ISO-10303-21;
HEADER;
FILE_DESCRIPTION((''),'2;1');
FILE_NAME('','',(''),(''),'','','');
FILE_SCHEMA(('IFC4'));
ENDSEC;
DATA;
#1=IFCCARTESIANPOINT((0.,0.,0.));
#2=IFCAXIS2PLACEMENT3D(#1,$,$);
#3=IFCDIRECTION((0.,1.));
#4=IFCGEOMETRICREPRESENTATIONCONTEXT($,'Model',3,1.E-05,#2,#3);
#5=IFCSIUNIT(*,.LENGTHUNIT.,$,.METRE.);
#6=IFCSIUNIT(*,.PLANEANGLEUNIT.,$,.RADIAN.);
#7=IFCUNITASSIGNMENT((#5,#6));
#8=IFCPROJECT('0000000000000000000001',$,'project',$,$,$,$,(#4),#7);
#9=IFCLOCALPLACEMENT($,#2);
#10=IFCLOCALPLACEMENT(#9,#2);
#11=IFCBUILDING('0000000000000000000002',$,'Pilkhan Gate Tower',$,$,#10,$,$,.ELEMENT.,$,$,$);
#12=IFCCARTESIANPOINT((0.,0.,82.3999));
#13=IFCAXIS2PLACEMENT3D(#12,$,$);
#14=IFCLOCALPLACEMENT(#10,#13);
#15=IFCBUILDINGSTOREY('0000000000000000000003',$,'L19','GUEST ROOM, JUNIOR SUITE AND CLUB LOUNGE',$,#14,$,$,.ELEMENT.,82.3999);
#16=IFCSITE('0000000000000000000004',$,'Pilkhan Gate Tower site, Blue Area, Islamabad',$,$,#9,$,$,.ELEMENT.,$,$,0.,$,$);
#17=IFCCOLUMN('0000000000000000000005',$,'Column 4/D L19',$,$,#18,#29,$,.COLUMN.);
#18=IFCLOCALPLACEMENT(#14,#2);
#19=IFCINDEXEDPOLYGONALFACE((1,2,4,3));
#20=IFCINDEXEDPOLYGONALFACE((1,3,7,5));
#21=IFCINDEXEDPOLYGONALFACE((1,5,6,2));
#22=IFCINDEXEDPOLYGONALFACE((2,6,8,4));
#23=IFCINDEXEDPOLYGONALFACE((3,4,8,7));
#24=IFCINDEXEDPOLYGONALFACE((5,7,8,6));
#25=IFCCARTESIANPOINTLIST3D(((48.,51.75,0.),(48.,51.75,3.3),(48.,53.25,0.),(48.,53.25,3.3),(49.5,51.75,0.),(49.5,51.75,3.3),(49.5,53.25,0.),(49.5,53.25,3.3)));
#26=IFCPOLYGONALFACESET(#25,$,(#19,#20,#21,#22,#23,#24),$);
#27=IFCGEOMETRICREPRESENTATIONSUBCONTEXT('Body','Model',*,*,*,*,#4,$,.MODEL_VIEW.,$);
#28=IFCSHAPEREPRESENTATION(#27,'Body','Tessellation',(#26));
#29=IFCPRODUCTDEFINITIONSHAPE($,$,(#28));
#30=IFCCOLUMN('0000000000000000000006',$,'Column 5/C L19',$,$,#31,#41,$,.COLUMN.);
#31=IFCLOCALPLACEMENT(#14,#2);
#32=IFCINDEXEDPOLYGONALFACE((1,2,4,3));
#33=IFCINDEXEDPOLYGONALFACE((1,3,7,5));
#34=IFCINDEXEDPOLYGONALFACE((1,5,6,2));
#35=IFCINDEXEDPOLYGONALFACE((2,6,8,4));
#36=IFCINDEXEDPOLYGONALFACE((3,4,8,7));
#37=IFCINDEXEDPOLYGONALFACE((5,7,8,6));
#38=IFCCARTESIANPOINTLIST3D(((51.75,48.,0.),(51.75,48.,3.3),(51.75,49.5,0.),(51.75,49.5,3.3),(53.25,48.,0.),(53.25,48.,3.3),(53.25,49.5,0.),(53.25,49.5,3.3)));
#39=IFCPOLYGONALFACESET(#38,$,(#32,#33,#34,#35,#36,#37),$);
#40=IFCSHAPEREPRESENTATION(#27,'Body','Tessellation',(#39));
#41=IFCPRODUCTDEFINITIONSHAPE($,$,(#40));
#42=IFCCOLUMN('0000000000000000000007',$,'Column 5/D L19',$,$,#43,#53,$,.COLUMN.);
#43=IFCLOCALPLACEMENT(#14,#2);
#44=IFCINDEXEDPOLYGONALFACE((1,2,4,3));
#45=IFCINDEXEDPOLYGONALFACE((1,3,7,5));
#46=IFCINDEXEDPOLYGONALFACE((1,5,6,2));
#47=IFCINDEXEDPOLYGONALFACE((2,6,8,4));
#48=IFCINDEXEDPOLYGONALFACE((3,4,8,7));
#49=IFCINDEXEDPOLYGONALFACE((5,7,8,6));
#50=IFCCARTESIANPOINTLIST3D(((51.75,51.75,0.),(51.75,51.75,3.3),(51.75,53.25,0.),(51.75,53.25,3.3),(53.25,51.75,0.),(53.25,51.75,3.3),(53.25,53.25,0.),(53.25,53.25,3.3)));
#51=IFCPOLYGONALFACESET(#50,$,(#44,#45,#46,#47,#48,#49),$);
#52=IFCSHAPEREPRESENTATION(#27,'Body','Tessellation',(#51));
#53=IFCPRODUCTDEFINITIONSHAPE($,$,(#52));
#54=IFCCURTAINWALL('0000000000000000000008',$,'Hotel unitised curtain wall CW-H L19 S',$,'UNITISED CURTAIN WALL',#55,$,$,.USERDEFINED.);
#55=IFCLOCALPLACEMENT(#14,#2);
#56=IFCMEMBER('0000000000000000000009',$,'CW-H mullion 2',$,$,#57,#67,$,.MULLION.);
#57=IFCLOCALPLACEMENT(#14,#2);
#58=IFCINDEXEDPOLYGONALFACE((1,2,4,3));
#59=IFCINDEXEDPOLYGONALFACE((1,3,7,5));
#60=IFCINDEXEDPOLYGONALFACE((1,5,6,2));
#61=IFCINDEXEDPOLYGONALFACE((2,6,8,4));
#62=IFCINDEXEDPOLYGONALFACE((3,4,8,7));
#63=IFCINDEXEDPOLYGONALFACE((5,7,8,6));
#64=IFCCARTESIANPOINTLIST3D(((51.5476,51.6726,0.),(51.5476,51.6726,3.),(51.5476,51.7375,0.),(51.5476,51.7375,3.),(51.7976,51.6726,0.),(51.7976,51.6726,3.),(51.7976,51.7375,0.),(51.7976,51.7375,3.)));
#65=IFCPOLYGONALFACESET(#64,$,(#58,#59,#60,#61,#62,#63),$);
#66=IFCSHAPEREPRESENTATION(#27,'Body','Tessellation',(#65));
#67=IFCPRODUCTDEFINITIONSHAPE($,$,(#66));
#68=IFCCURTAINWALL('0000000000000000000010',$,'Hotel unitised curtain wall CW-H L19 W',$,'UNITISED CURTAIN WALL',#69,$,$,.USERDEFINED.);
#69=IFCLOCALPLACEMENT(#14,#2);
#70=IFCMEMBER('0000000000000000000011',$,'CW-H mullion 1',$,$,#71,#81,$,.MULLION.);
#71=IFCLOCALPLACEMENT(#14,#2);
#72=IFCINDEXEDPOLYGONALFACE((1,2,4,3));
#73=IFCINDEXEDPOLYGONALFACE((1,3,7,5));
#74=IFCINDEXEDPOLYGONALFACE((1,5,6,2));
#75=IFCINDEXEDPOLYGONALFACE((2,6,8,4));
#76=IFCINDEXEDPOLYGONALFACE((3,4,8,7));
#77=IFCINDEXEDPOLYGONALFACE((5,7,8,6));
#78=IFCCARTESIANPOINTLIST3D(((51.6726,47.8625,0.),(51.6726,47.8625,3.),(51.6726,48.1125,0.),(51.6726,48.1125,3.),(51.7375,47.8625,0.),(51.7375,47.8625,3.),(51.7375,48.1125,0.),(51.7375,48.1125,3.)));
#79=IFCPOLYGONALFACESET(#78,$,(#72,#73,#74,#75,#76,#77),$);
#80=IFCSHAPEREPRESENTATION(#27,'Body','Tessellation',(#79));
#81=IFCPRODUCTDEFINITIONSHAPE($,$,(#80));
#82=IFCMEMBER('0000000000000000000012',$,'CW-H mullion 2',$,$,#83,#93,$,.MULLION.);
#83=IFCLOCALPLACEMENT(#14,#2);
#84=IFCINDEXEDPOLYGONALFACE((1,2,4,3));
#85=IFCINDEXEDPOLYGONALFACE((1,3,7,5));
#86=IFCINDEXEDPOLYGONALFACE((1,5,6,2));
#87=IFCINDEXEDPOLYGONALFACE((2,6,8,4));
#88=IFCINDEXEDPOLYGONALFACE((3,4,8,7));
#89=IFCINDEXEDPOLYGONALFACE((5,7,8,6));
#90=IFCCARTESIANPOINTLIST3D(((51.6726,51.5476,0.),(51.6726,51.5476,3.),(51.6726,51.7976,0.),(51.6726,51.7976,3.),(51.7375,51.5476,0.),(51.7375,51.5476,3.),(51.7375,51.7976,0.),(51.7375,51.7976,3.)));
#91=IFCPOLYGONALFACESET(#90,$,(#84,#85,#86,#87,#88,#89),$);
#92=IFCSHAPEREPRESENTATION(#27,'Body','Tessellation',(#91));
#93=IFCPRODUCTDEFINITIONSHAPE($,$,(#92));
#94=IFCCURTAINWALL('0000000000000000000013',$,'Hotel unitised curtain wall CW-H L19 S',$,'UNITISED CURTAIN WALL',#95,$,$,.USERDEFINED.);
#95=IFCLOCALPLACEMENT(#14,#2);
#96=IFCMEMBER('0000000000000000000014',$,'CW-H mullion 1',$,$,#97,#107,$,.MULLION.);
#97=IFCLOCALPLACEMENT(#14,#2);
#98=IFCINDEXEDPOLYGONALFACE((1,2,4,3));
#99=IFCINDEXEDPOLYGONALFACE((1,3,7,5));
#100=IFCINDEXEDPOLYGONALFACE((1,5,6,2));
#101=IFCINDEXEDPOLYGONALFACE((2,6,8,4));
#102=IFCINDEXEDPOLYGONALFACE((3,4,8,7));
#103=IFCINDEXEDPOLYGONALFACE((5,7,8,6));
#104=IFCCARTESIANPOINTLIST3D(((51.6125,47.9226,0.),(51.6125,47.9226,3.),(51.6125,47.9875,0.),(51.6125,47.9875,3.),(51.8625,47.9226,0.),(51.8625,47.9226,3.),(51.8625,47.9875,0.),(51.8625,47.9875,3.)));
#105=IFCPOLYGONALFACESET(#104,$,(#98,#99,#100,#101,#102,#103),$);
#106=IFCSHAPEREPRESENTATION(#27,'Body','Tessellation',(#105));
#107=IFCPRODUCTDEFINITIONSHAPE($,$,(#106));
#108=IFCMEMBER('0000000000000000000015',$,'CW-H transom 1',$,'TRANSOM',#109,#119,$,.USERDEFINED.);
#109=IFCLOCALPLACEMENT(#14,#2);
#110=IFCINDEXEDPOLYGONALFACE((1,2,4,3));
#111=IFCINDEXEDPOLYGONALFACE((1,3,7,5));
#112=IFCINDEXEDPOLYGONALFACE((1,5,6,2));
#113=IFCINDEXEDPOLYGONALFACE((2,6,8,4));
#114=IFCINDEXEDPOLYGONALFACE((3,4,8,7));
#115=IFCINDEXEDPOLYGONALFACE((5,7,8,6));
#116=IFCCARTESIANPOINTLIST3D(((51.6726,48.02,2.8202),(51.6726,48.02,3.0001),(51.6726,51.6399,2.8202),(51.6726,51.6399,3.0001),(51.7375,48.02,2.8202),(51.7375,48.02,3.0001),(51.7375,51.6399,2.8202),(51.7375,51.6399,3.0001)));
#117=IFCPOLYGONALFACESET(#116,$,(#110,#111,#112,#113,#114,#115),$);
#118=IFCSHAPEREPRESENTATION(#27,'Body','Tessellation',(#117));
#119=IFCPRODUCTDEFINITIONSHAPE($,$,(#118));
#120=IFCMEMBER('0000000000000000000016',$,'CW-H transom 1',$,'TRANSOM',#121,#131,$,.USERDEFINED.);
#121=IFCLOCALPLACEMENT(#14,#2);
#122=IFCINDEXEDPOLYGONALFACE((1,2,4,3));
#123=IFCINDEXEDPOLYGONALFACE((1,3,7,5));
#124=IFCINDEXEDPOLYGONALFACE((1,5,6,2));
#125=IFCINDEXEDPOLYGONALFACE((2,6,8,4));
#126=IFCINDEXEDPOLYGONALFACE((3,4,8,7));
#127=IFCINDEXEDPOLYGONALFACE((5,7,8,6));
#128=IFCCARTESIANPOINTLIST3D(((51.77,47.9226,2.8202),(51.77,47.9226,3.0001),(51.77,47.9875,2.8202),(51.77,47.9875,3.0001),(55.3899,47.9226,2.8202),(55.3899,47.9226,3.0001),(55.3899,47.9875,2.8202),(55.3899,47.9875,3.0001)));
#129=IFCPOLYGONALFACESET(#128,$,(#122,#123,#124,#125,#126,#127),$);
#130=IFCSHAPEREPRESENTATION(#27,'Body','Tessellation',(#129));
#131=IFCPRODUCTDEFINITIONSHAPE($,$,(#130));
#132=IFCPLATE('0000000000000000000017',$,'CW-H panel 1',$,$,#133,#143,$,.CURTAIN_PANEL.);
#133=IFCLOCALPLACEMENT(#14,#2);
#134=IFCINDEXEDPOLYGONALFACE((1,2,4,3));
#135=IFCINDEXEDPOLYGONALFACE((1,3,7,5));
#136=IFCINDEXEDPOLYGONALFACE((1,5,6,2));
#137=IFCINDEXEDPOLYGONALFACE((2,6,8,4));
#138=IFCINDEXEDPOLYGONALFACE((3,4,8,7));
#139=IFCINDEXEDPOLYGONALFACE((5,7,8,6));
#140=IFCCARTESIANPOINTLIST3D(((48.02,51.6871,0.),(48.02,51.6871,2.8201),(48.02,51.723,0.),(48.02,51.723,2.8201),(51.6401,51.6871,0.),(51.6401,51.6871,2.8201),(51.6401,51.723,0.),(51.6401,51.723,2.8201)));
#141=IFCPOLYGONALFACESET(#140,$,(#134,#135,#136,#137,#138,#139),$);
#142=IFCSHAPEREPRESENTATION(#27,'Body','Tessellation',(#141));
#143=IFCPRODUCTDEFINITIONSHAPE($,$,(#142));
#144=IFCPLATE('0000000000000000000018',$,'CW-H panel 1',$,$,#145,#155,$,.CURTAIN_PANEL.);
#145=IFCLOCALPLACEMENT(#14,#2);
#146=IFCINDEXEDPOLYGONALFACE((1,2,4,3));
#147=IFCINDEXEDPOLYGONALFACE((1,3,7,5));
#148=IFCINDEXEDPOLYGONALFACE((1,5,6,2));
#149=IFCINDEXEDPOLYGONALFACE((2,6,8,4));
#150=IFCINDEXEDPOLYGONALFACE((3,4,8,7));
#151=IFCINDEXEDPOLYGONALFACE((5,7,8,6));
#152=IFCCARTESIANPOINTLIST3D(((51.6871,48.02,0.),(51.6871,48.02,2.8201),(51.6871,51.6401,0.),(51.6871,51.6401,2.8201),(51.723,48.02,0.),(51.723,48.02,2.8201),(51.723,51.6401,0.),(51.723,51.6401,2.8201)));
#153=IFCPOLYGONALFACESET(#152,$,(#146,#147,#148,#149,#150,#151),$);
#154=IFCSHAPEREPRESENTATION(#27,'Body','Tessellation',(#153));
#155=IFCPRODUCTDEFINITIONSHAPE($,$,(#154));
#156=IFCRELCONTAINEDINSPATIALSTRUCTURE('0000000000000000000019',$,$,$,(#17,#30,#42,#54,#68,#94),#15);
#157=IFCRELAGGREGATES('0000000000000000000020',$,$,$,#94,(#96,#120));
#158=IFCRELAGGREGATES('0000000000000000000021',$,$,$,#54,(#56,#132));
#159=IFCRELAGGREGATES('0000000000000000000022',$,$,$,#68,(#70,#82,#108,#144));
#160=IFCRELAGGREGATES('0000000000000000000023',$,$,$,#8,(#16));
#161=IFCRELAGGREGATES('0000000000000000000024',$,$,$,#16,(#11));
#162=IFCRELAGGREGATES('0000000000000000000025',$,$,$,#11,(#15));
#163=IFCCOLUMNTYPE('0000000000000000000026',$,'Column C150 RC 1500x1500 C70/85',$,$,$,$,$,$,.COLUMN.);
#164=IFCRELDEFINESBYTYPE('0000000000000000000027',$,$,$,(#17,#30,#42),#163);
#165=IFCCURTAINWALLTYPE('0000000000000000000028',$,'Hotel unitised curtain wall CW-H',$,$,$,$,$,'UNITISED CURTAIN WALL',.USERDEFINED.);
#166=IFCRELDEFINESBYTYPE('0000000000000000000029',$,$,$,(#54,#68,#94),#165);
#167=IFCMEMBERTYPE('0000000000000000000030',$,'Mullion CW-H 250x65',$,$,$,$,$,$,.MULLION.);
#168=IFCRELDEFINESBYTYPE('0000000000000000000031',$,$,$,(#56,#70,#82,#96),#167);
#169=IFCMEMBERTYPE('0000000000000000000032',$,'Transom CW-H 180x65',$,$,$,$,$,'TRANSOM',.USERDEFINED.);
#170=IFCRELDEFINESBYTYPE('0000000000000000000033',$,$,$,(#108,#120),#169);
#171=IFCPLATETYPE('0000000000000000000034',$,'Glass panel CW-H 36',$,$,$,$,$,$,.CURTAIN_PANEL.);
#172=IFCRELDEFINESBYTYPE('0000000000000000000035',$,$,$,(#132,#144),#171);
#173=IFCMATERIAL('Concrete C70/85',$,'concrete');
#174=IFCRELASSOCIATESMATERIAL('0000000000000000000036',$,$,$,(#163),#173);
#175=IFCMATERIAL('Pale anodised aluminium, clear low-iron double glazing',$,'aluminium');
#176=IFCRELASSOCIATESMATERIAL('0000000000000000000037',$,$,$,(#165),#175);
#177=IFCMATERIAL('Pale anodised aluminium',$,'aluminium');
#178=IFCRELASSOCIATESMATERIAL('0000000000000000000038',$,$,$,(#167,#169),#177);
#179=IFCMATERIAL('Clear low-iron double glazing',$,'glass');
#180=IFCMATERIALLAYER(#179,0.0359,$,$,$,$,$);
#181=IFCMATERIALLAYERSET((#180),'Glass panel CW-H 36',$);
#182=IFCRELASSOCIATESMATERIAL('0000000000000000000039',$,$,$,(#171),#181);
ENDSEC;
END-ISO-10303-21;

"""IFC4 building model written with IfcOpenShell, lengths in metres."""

from ifc_helpers import new_model, si_unit, direction, frame, origin, origin_2d, place, context, subcontext, project, spatial, rectangle, extrude, material, layer, layer_set, material_profile, profile_set, type_object, element, aggregate, save


model = new_model("IFC4")

# Units and contexts
model_context = context("Model", 3, precision=1e-05, world=origin(), true_north=direction((0.0, 1.0)))
body_context = subcontext(model_context, "Body", "Model", "MODEL_VIEW")
ifc_project = project(units=[si_unit("LENGTHUNIT", "METRE"), si_unit("PLANEANGLEUNIT", "RADIAN")], contexts=[model_context])

# Site, building, storey
site_placement = place(None, origin())
site = spatial("IfcSite", under=ifc_project, at=site_placement, Name="Pilkhan Gate Tower site, Blue Area, Islamabad", CompositionType="ELEMENT", RefElevation=0.0)
building_placement = place(site_placement, origin())
building = spatial("IfcBuilding", under=site, at=building_placement, Name="Pilkhan Gate Tower", CompositionType="ELEMENT")
storey_placement = place(building_placement, frame((0.0, 0.0, 82.3999)))
storey = spatial("IfcBuildingStorey", under=building, at=storey_placement, Name="L19", Description="GUEST ROOM, JUNIOR SUITE AND CLUB LOUNGE", CompositionType="ELEMENT", Elevation=82.3999)

# Columns
ifc_material_1 = material(Name="Concrete C70/85", Category="concrete")
ifc_material_profile_1 = material_profile(ifc_material_1, rectangle(XDim=1.5, YDim=1.5, at=origin_2d()), Name="RC 1500x1500")
ifc_profile_set_1 = profile_set([ifc_material_profile_1], Name="Concrete C70/85")
column_type = type_object("IfcColumnType", Name="Column C150 RC 1500x1500 C70/85", PredefinedType="COLUMN", material=ifc_profile_set_1)
for number, where, z_axis, x_axis, name in (
    (1, (48.75, 52.5, 0.0), (0.0, 0.0, 1.0), (1.0, 0.0, 0.0), "Column 4/D L19"),
    (2, (52.5, 48.75, 0.0), (0.0, 0.0, 1.0), (1.0, 0.0, 0.0), "Column 5/C L19"),
    (3, (52.5, 52.5, 0.0), (0.0, 0.0, 1.0), (1.0, 0.0, 0.0), "Column 5/D L19"),
):
    element("IfcColumn", number, at=place(storey_placement, frame(where, z_axis=z_axis, x_axis=x_axis)), inside=storey, type_object=column_type, Name=name, PredefinedType="COLUMN", context=body_context, shape_type="SweptSolid", body=[
        extrude(rectangle(XDim=1.5, YDim=1.5, at=origin_2d()), origin(), (0.0, 0.0, 1.0), 3.3),
    ])

# Curtain wall, member
ifc_material_2 = material(Name="Pale anodised aluminium, clear low-iron double glazing", Category="aluminium")
curtain_wall_type = type_object("IfcCurtainWallType", Name="Hotel unitised curtain wall CW-H", ElementType="UNITISED CURTAIN WALL", PredefinedType="USERDEFINED", material=ifc_material_2)
curtain_wall_1_placement = place(storey_placement, origin())
curtain_wall_1 = element("IfcCurtainWall", 4, at=curtain_wall_1_placement, inside=storey, type_object=curtain_wall_type, Name="Hotel unitised curtain wall CW-H L19 S", ObjectType="UNITISED CURTAIN WALL", PredefinedType="USERDEFINED")
ifc_material_3 = material(Name="Pale anodised aluminium", Category="aluminium")
ifc_material_profile_2 = material_profile(ifc_material_3, rectangle(XDim=0.0649, YDim=0.25, at=origin_2d()), Name="Mullion 250x65")
ifc_profile_set_2 = profile_set([ifc_material_profile_2], Name="Pale anodised aluminium")
member_type_1 = type_object("IfcMemberType", Name="Mullion CW-H 250x65", PredefinedType="MULLION", material=ifc_profile_set_2)
member_1_placement = place(storey_placement, frame((51.6726, 51.7051, 0.0), z_axis=(0.0, 0.0, 1.0), x_axis=(0.0, 1.0, 0.0)))
member_1 = element("IfcMember", 5, at=member_1_placement, type_object=member_type_1, Name="CW-H mullion 2", PredefinedType="MULLION", context=body_context, shape_type="SweptSolid", body=[
    extrude(rectangle(XDim=0.0649, YDim=0.25, at=origin_2d()), origin(), (0.0, 0.0, 1.0), 3.0),
])

# Curtain wall, members
curtain_wall_2_placement = place(storey_placement, origin())
curtain_wall_2 = element("IfcCurtainWall", 6, at=curtain_wall_2_placement, inside=storey, type_object=curtain_wall_type, Name="Hotel unitised curtain wall CW-H L19 W", ObjectType="UNITISED CURTAIN WALL", PredefinedType="USERDEFINED")
member_2_placement = place(storey_placement, frame((51.7051, 47.9875, 0.0), z_axis=(0.0, 0.0, 1.0), x_axis=(-1.0, 0.0, 0.0)))
member_2 = element("IfcMember", 7, at=member_2_placement, type_object=member_type_1, Name="CW-H mullion 1", PredefinedType="MULLION", context=body_context, shape_type="SweptSolid", body=[
    extrude(rectangle(XDim=0.0649, YDim=0.25, at=origin_2d()), origin(), (0.0, 0.0, 1.0), 3.0),
])
member_3_placement = place(storey_placement, frame((51.7051, 51.6726, 0.0), z_axis=(0.0, 0.0, 1.0), x_axis=(-1.0, 0.0, 0.0)))
member_3 = element("IfcMember", 8, at=member_3_placement, type_object=member_type_1, Name="CW-H mullion 2", PredefinedType="MULLION", context=body_context, shape_type="SweptSolid", body=[
    extrude(rectangle(XDim=0.0649, YDim=0.25, at=origin_2d()), origin(), (0.0, 0.0, 1.0), 3.0),
])

# Curtain wall, member
curtain_wall_3_placement = place(storey_placement, origin())
curtain_wall_3 = element("IfcCurtainWall", 9, at=curtain_wall_3_placement, inside=storey, type_object=curtain_wall_type, Name="Hotel unitised curtain wall CW-H L19 S", ObjectType="UNITISED CURTAIN WALL", PredefinedType="USERDEFINED")
member_4_placement = place(storey_placement, frame((51.7375, 47.9551, 0.0), z_axis=(0.0, 0.0, 1.0), x_axis=(0.0, 1.0, 0.0)))
member_4 = element("IfcMember", 10, at=member_4_placement, type_object=member_type_1, Name="CW-H mullion 1", PredefinedType="MULLION", context=body_context, shape_type="SweptSolid", body=[
    extrude(rectangle(XDim=0.0649, YDim=0.25, at=origin_2d()), origin(), (0.0, 0.0, 1.0), 3.0),
])

# Members
ifc_material_profile_3 = material_profile(ifc_material_3, rectangle(XDim=0.0649, YDim=0.1799, at=origin_2d()), Name="Transom 180x65")
ifc_profile_set_3 = profile_set([ifc_material_profile_3], Name="Pale anodised aluminium")
member_type_2 = type_object("IfcMemberType", Name="Transom CW-H 180x65", ElementType="TRANSOM", PredefinedType="USERDEFINED", material=ifc_profile_set_3)
member_5_placement = place(storey_placement, frame((51.7051, 48.02, 2.9102), z_axis=(0.0, 1.0, 0.0), x_axis=(-1.0, 0.0, 0.0)))
member_5 = element("IfcMember", 11, at=member_5_placement, type_object=member_type_2, Name="CW-H transom 1", ObjectType="TRANSOM", PredefinedType="USERDEFINED", context=body_context, shape_type="SweptSolid", body=[
    extrude(rectangle(XDim=0.0649, YDim=0.1799, at=origin_2d()), origin(), (0.0, 0.0, 1.0), 3.6199),
])
member_6_placement = place(storey_placement, frame((51.77, 47.9551, 2.9102), z_axis=(1.0, 0.0, 0.0), x_axis=(0.0, 1.0, 0.0)))
member_6 = element("IfcMember", 12, at=member_6_placement, type_object=member_type_2, Name="CW-H transom 1", ObjectType="TRANSOM", PredefinedType="USERDEFINED", context=body_context, shape_type="SweptSolid", body=[
    extrude(rectangle(XDim=0.0649, YDim=0.1799, at=origin_2d()), origin(), (0.0, 0.0, 1.0), 3.6199),
])
aggregate(curtain_wall_3, [member_4, member_6])

# Plates
ifc_material_4 = material(Name="Clear low-iron double glazing", Category="glass")
ifc_layer_1 = layer(ifc_material_4, 0.0359)
ifc_layer_set_1 = layer_set([ifc_layer_1], Name="Glass panel CW-H 36")
plate_type = type_object("IfcPlateType", Name="Glass panel CW-H 36", PredefinedType="CURTAIN_PANEL", material=ifc_layer_set_1)
plate_1_placement = place(storey_placement, frame((49.8301, 51.7051, 0.0), z_axis=(0.0, 0.0, 1.0), x_axis=(1.0, 0.0, 0.0)))
plate_1 = element("IfcPlate", 13, at=plate_1_placement, type_object=plate_type, Name="CW-H panel 1", PredefinedType="CURTAIN_PANEL", context=body_context, shape_type="SweptSolid", body=[
    extrude(rectangle(XDim=3.6201, YDim=0.0359, at=origin_2d()), origin(), (0.0, 0.0, 1.0), 2.8201),
])
aggregate(curtain_wall_1, [member_1, plate_1])
plate_2_placement = place(storey_placement, frame((51.7051, 49.8301, 0.0), z_axis=(0.0, 0.0, 1.0), x_axis=(0.0, 1.0, 0.0)))
plate_2 = element("IfcPlate", 14, at=plate_2_placement, type_object=plate_type, Name="CW-H panel 1", PredefinedType="CURTAIN_PANEL", context=body_context, shape_type="SweptSolid", body=[
    extrude(rectangle(XDim=3.6201, YDim=0.0359, at=origin_2d()), origin(), (0.0, 0.0, 1.0), 2.8201),
])
aggregate(curtain_wall_2, [member_2, member_3, member_5, plate_2])

save(model, "model.ifc")
